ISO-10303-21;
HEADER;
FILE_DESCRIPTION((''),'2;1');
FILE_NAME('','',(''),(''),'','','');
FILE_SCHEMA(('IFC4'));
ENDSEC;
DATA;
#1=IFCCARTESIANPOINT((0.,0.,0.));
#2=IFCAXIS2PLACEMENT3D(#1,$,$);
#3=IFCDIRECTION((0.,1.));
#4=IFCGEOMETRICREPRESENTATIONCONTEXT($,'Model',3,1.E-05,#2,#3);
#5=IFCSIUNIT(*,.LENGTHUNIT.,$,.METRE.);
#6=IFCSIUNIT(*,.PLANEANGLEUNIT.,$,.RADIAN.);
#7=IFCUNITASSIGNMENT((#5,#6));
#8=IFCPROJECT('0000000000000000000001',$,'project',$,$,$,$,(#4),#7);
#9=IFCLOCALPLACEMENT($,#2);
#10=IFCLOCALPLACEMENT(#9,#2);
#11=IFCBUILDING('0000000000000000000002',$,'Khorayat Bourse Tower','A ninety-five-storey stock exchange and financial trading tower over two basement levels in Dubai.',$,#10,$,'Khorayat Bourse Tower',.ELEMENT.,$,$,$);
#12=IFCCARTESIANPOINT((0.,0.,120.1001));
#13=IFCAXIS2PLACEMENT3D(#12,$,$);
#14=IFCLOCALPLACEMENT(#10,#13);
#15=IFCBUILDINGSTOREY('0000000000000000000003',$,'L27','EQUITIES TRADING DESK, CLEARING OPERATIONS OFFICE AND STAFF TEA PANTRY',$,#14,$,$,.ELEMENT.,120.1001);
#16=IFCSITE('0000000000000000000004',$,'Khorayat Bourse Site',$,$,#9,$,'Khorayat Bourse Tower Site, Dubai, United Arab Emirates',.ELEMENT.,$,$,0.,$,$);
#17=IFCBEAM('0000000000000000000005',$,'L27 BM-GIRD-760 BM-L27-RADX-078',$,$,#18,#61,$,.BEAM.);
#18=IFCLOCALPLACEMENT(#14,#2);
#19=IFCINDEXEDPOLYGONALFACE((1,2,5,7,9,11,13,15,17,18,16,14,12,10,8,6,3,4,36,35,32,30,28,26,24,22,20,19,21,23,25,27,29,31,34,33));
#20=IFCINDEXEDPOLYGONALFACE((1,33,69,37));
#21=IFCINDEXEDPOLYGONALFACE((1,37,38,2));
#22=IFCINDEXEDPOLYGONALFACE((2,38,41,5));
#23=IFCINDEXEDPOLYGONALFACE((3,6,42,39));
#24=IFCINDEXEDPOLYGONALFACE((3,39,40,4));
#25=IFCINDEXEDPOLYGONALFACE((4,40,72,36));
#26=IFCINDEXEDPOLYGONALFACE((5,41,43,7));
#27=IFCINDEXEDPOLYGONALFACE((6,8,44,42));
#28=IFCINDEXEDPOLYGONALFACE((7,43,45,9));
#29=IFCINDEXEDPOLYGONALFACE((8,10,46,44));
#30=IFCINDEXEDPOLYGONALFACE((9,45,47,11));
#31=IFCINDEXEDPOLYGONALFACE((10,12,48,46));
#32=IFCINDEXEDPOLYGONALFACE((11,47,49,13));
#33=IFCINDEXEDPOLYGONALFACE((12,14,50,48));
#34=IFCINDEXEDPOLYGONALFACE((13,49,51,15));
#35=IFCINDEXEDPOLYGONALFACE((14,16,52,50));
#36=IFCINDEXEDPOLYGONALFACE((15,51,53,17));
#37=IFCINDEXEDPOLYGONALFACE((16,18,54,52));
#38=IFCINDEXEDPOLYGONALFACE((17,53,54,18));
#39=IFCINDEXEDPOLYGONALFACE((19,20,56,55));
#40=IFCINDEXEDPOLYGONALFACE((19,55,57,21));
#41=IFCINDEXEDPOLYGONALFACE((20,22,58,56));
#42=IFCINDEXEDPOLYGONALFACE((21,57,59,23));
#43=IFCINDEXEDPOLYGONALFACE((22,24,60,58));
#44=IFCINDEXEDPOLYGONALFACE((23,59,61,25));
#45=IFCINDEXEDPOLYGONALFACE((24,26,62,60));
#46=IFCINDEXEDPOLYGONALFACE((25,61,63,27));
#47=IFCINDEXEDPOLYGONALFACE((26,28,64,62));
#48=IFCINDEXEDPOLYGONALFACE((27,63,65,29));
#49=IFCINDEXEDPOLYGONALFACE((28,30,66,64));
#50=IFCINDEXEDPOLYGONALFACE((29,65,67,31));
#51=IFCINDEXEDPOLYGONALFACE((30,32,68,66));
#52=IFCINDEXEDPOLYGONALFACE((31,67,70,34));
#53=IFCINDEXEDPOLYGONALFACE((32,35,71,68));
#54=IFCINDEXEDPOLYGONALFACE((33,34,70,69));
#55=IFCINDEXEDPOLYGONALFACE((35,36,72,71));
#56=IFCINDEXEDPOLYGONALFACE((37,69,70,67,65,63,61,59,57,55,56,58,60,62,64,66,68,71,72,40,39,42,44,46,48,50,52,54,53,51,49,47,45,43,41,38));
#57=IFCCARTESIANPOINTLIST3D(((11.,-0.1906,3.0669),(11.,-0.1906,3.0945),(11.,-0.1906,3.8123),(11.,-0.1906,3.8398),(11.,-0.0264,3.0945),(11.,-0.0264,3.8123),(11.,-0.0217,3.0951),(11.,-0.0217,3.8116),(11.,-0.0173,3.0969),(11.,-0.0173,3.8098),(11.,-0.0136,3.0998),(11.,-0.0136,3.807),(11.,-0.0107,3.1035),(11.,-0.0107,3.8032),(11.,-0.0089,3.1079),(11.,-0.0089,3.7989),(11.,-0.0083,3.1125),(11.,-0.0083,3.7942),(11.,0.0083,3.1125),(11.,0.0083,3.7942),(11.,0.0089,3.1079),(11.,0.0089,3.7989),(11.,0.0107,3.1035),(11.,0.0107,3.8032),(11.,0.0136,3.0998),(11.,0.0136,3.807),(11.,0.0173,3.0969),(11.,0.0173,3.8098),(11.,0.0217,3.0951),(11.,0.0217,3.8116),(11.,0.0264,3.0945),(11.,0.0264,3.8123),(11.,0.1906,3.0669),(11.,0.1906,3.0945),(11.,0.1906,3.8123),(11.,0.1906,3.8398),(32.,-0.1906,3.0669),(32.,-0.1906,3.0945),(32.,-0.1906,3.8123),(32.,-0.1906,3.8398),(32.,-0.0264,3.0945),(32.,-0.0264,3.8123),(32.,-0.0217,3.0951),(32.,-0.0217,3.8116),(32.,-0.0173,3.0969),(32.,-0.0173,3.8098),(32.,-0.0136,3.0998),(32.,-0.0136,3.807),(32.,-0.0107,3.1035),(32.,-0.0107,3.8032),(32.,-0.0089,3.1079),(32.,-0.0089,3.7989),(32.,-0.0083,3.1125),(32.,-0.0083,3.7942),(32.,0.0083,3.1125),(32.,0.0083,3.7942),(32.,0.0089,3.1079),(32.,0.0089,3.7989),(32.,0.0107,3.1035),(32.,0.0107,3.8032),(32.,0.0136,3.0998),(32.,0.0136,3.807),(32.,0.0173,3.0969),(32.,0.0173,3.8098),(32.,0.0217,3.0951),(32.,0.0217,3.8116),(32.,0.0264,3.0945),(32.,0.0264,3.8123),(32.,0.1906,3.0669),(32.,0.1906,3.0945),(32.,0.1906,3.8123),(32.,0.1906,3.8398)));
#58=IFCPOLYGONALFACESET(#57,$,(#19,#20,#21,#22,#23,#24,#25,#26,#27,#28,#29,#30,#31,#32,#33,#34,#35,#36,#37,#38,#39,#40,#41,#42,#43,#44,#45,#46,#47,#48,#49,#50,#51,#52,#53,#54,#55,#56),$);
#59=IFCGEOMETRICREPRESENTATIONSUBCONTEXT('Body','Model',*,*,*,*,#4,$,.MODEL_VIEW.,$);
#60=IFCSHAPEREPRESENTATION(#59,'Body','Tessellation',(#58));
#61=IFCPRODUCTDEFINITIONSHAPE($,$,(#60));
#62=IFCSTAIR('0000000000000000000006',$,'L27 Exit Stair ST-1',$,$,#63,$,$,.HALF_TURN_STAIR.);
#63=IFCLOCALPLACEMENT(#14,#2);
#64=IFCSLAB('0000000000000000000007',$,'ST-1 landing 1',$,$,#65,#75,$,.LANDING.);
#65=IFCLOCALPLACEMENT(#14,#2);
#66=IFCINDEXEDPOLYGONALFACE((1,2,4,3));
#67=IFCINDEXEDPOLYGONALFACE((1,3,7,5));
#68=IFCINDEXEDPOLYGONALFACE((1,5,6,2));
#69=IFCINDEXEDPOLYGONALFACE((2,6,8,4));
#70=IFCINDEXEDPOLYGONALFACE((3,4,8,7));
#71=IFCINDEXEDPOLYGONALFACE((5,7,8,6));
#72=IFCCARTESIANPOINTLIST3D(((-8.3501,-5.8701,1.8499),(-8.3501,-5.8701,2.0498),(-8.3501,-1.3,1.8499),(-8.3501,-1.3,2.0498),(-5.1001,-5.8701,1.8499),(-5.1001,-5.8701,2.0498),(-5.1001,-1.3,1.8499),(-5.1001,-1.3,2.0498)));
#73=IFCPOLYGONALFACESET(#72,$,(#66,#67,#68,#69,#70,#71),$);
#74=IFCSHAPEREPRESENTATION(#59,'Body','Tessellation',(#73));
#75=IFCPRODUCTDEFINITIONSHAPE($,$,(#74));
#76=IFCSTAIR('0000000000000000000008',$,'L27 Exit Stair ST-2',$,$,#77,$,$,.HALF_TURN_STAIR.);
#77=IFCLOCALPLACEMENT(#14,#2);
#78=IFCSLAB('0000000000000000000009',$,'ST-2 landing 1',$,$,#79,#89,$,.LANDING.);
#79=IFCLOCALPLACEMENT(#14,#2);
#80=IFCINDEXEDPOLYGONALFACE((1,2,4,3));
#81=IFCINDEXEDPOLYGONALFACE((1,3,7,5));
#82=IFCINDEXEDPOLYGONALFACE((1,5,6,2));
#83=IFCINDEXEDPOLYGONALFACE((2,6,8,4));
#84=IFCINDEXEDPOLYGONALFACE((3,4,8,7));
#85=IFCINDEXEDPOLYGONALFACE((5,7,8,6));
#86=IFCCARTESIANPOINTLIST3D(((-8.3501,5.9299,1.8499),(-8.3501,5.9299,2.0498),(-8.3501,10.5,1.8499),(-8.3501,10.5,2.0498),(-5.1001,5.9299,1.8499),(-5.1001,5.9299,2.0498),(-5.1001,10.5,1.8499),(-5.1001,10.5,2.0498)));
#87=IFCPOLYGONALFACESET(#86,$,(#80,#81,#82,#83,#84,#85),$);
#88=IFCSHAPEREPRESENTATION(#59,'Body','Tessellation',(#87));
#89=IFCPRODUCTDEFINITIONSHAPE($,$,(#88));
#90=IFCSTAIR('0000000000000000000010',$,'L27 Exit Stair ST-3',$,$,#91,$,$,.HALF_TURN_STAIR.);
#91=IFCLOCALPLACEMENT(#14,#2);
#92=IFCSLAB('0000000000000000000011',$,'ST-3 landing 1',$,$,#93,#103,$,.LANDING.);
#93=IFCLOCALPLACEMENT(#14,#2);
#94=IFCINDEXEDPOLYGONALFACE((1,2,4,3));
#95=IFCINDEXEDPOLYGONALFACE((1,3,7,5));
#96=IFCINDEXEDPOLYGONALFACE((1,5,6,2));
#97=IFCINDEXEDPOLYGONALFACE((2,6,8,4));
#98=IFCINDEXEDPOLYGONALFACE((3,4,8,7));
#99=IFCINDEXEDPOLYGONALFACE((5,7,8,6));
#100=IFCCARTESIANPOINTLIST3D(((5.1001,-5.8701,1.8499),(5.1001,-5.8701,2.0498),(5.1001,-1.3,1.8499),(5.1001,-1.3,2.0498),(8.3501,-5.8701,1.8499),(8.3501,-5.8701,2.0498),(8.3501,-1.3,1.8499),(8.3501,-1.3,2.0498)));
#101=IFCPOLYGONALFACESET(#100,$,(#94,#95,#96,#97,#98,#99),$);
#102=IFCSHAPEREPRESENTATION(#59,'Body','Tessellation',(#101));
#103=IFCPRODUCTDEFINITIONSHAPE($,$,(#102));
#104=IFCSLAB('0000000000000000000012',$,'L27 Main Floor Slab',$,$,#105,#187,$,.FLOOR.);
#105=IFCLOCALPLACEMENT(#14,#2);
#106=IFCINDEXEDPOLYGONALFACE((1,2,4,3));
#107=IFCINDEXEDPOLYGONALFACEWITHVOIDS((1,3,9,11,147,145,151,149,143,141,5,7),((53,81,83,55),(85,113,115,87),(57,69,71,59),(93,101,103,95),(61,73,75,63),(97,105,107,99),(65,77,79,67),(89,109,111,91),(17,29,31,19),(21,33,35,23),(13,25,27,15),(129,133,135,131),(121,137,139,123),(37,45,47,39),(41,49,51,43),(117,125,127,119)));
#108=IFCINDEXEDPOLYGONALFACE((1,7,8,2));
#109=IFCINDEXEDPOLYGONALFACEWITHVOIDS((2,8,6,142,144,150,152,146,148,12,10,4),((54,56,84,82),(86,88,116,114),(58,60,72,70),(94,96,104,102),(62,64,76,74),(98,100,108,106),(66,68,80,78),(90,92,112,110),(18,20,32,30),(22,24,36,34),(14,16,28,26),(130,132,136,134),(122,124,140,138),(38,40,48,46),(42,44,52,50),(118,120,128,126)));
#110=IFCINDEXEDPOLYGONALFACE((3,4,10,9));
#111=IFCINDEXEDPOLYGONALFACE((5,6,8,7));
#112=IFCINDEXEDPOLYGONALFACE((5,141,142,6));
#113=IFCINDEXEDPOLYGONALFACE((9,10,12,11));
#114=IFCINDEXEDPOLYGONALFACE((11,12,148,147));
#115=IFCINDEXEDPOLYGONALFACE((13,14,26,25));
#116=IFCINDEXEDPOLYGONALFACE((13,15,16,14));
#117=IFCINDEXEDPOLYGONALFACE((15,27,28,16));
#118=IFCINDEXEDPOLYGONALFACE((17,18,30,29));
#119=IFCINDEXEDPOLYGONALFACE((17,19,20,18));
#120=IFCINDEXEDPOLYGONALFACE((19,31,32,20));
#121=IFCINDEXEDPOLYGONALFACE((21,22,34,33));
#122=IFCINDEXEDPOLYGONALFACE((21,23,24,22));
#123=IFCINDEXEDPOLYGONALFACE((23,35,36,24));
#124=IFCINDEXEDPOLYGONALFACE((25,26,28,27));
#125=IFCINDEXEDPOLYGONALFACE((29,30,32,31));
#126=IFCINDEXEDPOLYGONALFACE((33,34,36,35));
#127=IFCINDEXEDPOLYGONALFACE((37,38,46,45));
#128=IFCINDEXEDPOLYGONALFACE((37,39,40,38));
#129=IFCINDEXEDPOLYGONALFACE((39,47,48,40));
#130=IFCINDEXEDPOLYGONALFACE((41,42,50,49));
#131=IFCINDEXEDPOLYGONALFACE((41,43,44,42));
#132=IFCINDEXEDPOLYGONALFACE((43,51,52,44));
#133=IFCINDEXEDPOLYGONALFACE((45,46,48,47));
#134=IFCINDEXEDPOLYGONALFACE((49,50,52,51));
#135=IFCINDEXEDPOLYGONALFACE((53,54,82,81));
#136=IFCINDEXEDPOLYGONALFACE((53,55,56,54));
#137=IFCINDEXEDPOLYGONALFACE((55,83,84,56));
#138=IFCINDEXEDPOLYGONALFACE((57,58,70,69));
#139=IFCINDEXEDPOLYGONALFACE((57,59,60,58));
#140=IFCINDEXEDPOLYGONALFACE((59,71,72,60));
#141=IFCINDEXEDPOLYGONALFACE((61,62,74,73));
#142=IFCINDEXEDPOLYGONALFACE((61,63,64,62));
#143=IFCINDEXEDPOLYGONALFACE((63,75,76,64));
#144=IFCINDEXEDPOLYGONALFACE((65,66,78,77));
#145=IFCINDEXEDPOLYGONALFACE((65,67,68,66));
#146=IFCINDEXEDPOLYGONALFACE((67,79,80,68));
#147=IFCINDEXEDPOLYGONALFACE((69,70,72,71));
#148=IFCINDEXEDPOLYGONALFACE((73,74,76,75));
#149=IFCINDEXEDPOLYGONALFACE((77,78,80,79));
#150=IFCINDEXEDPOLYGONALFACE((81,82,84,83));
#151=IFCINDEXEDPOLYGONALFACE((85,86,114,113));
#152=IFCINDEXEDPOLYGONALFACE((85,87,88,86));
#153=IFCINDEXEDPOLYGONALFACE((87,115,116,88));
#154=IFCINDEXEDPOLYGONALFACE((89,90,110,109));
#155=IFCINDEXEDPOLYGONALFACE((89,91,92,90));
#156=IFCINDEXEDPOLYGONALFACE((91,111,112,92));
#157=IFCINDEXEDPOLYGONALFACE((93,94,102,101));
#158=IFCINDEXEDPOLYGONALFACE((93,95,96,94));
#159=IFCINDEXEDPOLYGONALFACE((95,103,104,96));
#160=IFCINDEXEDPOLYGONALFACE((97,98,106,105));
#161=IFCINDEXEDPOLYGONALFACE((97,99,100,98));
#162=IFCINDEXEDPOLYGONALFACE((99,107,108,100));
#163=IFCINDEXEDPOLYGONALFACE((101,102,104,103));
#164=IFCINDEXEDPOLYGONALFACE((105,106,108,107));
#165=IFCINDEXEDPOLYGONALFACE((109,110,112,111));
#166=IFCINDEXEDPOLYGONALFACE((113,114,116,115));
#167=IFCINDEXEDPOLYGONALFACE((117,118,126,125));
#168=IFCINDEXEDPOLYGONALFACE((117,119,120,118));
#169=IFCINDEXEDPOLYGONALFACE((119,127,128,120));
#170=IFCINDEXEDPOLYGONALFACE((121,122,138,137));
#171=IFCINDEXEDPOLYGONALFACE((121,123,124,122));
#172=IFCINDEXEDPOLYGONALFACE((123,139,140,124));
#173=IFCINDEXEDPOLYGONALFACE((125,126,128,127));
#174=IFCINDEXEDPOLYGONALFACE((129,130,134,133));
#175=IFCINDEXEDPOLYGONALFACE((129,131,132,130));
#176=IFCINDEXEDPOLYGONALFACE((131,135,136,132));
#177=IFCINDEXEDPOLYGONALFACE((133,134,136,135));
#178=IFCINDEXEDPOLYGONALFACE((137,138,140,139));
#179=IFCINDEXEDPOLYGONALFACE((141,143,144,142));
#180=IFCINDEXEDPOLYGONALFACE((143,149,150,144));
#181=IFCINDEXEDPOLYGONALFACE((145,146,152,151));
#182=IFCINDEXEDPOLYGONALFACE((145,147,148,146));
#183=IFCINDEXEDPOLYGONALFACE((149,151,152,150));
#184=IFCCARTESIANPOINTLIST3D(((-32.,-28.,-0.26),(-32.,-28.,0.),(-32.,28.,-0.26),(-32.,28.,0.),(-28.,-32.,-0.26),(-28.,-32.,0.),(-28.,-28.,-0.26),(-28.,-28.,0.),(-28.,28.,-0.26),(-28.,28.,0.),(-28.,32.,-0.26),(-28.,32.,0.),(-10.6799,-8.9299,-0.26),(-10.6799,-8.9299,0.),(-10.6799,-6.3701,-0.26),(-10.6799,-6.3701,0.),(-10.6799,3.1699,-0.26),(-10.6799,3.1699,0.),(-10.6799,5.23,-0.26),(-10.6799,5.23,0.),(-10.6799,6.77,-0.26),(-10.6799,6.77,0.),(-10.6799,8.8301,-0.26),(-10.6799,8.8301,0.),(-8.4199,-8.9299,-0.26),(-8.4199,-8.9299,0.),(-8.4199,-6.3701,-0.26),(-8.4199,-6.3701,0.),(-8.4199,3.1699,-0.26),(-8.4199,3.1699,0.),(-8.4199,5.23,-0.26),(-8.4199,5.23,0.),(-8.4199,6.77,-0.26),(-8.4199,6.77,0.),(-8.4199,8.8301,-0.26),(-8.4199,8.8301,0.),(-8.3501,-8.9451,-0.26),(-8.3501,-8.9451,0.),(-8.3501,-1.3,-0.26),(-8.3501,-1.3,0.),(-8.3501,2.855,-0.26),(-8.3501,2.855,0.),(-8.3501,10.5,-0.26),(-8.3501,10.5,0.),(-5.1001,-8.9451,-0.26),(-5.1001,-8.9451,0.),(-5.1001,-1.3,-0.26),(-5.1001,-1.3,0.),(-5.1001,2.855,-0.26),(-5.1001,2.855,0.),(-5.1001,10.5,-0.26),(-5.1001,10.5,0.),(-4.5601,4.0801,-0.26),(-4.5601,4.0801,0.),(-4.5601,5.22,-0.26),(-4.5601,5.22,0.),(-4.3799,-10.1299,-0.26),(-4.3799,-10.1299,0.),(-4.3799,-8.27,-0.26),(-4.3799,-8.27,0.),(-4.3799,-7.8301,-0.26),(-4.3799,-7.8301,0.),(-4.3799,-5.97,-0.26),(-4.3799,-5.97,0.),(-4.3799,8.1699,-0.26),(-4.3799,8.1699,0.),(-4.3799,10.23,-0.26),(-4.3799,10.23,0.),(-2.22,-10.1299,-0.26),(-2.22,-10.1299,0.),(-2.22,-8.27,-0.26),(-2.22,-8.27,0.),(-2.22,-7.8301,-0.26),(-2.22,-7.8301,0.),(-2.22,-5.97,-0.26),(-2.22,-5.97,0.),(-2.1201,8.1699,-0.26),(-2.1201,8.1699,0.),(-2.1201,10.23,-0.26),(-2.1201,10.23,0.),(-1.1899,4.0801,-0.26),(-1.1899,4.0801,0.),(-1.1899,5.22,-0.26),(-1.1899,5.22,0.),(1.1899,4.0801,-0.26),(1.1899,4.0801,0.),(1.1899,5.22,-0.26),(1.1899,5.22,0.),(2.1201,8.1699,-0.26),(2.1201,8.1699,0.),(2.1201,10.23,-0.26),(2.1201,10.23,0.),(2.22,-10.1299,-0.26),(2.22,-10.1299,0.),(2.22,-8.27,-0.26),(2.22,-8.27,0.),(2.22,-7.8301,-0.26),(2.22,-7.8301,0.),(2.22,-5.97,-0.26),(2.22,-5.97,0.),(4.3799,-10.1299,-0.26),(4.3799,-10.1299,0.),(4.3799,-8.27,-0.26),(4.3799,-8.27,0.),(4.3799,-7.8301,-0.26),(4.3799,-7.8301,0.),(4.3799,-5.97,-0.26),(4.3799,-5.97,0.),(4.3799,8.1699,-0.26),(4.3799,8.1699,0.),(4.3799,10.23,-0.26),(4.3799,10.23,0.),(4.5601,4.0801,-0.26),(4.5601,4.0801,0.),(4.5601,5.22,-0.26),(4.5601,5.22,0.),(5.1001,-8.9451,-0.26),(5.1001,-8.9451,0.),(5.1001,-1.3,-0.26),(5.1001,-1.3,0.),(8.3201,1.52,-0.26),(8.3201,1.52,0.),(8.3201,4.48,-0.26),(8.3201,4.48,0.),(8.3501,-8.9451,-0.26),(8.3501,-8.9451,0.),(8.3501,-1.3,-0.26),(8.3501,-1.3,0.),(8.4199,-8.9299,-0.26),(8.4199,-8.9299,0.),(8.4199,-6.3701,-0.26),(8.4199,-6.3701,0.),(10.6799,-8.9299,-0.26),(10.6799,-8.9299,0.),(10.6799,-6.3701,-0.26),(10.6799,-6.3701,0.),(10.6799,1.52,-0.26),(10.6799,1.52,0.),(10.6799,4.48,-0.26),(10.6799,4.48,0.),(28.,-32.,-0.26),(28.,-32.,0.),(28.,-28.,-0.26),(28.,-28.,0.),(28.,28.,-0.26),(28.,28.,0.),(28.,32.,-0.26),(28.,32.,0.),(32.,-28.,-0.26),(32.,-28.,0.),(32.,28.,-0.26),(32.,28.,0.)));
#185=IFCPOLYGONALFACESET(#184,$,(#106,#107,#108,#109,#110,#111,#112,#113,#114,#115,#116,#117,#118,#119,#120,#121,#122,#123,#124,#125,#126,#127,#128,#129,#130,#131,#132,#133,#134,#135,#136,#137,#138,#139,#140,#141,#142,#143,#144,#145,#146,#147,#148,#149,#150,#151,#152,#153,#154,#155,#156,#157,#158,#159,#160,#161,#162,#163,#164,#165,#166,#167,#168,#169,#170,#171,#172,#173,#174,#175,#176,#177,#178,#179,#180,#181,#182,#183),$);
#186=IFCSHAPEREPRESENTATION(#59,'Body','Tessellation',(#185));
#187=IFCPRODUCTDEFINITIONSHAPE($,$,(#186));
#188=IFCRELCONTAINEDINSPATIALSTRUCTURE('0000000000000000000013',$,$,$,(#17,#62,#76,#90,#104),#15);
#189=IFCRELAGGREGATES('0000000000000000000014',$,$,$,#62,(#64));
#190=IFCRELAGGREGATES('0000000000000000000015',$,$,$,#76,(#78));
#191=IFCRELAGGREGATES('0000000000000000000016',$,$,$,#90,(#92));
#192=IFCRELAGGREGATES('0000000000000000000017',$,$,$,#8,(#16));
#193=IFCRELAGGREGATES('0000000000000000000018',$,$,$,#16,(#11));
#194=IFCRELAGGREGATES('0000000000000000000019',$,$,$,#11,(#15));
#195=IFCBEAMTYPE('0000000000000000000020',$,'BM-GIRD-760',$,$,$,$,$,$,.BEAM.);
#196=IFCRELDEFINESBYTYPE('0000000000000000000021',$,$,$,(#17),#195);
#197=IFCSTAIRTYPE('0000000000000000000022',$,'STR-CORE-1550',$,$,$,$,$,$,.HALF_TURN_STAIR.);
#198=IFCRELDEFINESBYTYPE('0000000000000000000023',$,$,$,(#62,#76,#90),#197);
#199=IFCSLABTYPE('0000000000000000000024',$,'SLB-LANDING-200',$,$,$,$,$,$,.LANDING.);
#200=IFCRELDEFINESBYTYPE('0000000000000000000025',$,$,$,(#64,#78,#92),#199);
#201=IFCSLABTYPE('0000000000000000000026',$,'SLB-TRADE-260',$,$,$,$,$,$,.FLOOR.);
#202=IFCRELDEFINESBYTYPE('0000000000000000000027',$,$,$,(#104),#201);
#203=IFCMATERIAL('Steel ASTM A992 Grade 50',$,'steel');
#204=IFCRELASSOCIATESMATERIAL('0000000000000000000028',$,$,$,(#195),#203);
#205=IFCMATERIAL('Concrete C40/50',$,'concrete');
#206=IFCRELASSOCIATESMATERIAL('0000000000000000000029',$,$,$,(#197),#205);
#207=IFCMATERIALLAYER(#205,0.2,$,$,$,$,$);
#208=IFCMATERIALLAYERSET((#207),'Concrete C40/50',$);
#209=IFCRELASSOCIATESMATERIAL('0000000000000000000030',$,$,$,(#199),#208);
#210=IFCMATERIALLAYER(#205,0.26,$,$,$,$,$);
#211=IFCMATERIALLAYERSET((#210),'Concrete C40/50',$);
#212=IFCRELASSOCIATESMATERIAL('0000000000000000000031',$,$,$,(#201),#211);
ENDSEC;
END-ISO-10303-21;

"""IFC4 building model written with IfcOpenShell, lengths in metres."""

from ifc_helpers import new_model, si_unit, direction, frame, origin, origin_2d, place, context, subcontext, project, spatial, polyline, i_section, outline, extrude, source, transform, mapped, material, layer, layer_set, material_profile, profile_set, type_object, element, aggregate, save


model = new_model("IFC4")

# Units and contexts
model_context = context("Model", 3, precision=1e-05, world=origin(), true_north=direction((0.0, 1.0)))
body_context = subcontext(model_context, "Body", "Model", "MODEL_VIEW")
ifc_project = project(units=[si_unit("LENGTHUNIT", "METRE"), si_unit("PLANEANGLEUNIT", "RADIAN")], contexts=[model_context])

# Site, building, storey
site_placement = place(None, origin())
site = spatial("IfcSite", under=ifc_project, at=site_placement, Name="Khorayat Bourse Site", LongName="Khorayat Bourse Tower Site, Dubai, United Arab Emirates", CompositionType="ELEMENT", RefElevation=0.0)
building_placement = place(site_placement, origin())
building = spatial("IfcBuilding", under=site, at=building_placement, Name="Khorayat Bourse Tower", Description="A ninety-five-storey stock exchange and financial trading tower over two basement levels in Dubai.", LongName="Khorayat Bourse Tower", CompositionType="ELEMENT")
storey_placement = place(building_placement, frame((0.0, 0.0, 120.1001)))
storey = spatial("IfcBuildingStorey", under=building, at=storey_placement, Name="L27", Description="EQUITIES TRADING DESK, CLEARING OPERATIONS OFFICE AND STAFF TEA PANTRY", CompositionType="ELEMENT", Elevation=120.1001)

# Beam
ifc_material_1 = material(Name="Steel ASTM A992 Grade 50", Category="steel")
ifc_material_profile_1 = material_profile(ifc_material_1, i_section(OverallWidth=0.3811, OverallDepth=0.7729, WebThickness=0.0166, FlangeThickness=0.0276, FilletRadius=0.0181, at=origin_2d()), Name="W760X257")
ifc_profile_set_1 = profile_set([ifc_material_profile_1], Name="Steel ASTM A992 Grade 50")
beam_type_1 = type_object("IfcBeamType", Name="BM-GIRD-760", PredefinedType="BEAM", material=ifc_profile_set_1)
shared_shape_1 = source(origin(), body_context, "Body", "SweptSolid", [
    extrude(i_section(OverallWidth=0.3811, OverallDepth=0.7729, WebThickness=0.0166, FlangeThickness=0.0276, FilletRadius=0.0181, at=origin_2d()), origin(), (0.0, 0.0, 1.0), 21.0),
])
beam_1_placement = place(storey_placement, frame((11.0, 0.0, 3.4534), z_axis=(1.0, 0.0, 0.0), x_axis=(0.0, 1.0, 0.0)))
element("IfcBeam", 1, at=beam_1_placement, inside=storey, type_object=beam_type_1, Name="L27 BM-GIRD-760 BM-L27-RADX-078", PredefinedType="BEAM", context=body_context, shape_type="MappedRepresentation", body=[
    mapped(shared_shape_1, transform((0.0, 0.0, 0.0), scale=1.0)),
])

# Stairs, slabs
ifc_material_2 = material(Name="Concrete C40/50", Category="concrete")
stair_type = type_object("IfcStairType", Name="STR-CORE-1550", PredefinedType="HALF_TURN_STAIR", material=ifc_material_2)
stair_1_placement = place(storey_placement, origin())
stair_1 = element("IfcStair", 2, at=stair_1_placement, inside=storey, type_object=stair_type, Name="L27 Exit Stair ST-1", PredefinedType="HALF_TURN_STAIR")
ifc_layer_1 = layer(ifc_material_2, 0.2)
ifc_layer_set_1 = layer_set([ifc_layer_1], Name="Concrete C40/50")
slab_type_1 = type_object("IfcSlabType", Name="SLB-LANDING-200", PredefinedType="LANDING", material=ifc_layer_set_1)
slab_1_placement = place(storey_placement, frame((0.0, 0.0, 1.8499)))
slab_1 = element("IfcSlab", 3, at=slab_1_placement, type_object=slab_type_1, Name="ST-1 landing 1", PredefinedType="LANDING", context=body_context, shape_type="SweptSolid", body=[
    extrude(outline(polyline([(-5.1001, -5.8701), (-5.1001, -1.3), (-8.3501, -1.3), (-8.3501, -5.8701), (-5.1001, -5.8701)])), origin(), (0.0, 0.0, 1.0), 0.2),
])
aggregate(stair_1, [slab_1])
stair_2_placement = place(storey_placement, origin())
stair_2 = element("IfcStair", 4, at=stair_2_placement, inside=storey, type_object=stair_type, Name="L27 Exit Stair ST-2", PredefinedType="HALF_TURN_STAIR")
slab_2_placement = place(storey_placement, frame((0.0, 0.0, 1.8499)))
slab_2 = element("IfcSlab", 5, at=slab_2_placement, type_object=slab_type_1, Name="ST-2 landing 1", PredefinedType="LANDING", context=body_context, shape_type="SweptSolid", body=[
    extrude(outline(polyline([(-5.1001, 5.9299), (-5.1001, 10.5), (-8.3501, 10.5), (-8.3501, 5.9299), (-5.1001, 5.9299)])), origin(), (0.0, 0.0, 1.0), 0.2),
])
aggregate(stair_2, [slab_2])
stair_3_placement = place(storey_placement, origin())
stair_3 = element("IfcStair", 6, at=stair_3_placement, inside=storey, type_object=stair_type, Name="L27 Exit Stair ST-3", PredefinedType="HALF_TURN_STAIR")
slab_3_placement = place(storey_placement, frame((0.0, 0.0, 1.8499)))
slab_3 = element("IfcSlab", 7, at=slab_3_placement, type_object=slab_type_1, Name="ST-3 landing 1", PredefinedType="LANDING", context=body_context, shape_type="SweptSolid", body=[
    extrude(outline(polyline([(8.3501, -5.8701), (8.3501, -1.3), (5.1001, -1.3), (5.1001, -5.8701), (8.3501, -5.8701)])), origin(), (0.0, 0.0, 1.0), 0.2),
])
aggregate(stair_3, [slab_3])

# Slab
ifc_layer_2 = layer(ifc_material_2, 0.26)
ifc_layer_set_2 = layer_set([ifc_layer_2], Name="Concrete C40/50")
slab_type_2 = type_object("IfcSlabType", Name="SLB-TRADE-260", PredefinedType="FLOOR", material=ifc_layer_set_2)
slab_4_placement = place(storey_placement, frame((0.0, 0.0, -0.26)))
element("IfcSlab", 8, at=slab_4_placement, inside=storey, type_object=slab_type_2, Name="L27 Main Floor Slab", PredefinedType="FLOOR", context=body_context, shape_type="SweptSolid", body=[
    extrude(outline(polyline([(-28.0, -32.0), (28.0, -32.0), (28.0, -28.0), (32.0, -28.0), (32.0, 28.0), (28.0, 28.0), (28.0, 32.0), (-28.0, 32.0), (-28.0, 28.0), (-32.0, 28.0), (-32.0, -28.0), (-28.0, -28.0), (-28.0, -32.0)]), holes=[polyline([(-8.3501, -8.9451), (-5.1001, -8.9451), (-5.1001, -1.3), (-8.3501, -1.3), (-8.3501, -8.9451)]), polyline([(-8.3501, 2.855), (-5.1001, 2.855), (-5.1001, 10.5), (-8.3501, 10.5), (-8.3501, 2.855)]), polyline([(5.1001, -8.9451), (8.3501, -8.9451), (8.3501, -1.3), (5.1001, -1.3), (5.1001, -8.9451)]), polyline([(-4.3799, -10.1299), (-2.22, -10.1299), (-2.22, -8.27), (-4.3799, -8.27), (-4.3799, -10.1299)]), polyline([(2.22, -10.1299), (4.3799, -10.1299), (4.3799, -8.27), (2.22, -8.27), (2.22, -10.1299)]), polyline([(-4.3799, -7.8301), (-2.22, -7.8301), (-2.22, -5.97), (-4.3799, -5.97), (-4.3799, -7.8301)]), polyline([(2.22, -7.8301), (4.3799, -7.8301), (4.3799, -5.97), (2.22, -5.97), (2.22, -7.8301)]), polyline([(-4.3799, 8.1699), (-2.1201, 8.1699), (-2.1201, 10.23), (-4.3799, 10.23), (-4.3799, 8.1699)]), polyline([(2.1201, 8.1699), (4.3799, 8.1699), (4.3799, 10.23), (2.1201, 10.23), (2.1201, 8.1699)]), polyline([(-10.6799, 3.1699), (-8.4199, 3.1699), (-8.4199, 5.23), (-10.6799, 5.23), (-10.6799, 3.1699)]), polyline([(-10.6799, 6.77), (-8.4199, 6.77), (-8.4199, 8.8301), (-10.6799, 8.8301), (-10.6799, 6.77)]), polyline([(-10.6799, -8.9299), (-8.4199, -8.9299), (-8.4199, -6.3701), (-10.6799, -6.3701), (-10.6799, -8.9299)]), polyline([(8.4199, -8.9299), (10.6799, -8.9299), (10.6799, -6.3701), (8.4199, -6.3701), (8.4199, -8.9299)]), polyline([(8.3201, 1.52), (10.6799, 1.52), (10.6799, 4.48), (8.3201, 4.48), (8.3201, 1.52)]), polyline([(-4.5601, 4.0801), (-1.1899, 4.0801), (-1.1899, 5.22), (-4.5601, 5.22), (-4.5601, 4.0801)]), polyline([(1.1899, 4.0801), (4.5601, 4.0801), (4.5601, 5.22), (1.1899, 5.22), (1.1899, 4.0801)])]), origin(), (0.0, 0.0, 1.0), 0.26),
])

save(model, "model.ifc")
